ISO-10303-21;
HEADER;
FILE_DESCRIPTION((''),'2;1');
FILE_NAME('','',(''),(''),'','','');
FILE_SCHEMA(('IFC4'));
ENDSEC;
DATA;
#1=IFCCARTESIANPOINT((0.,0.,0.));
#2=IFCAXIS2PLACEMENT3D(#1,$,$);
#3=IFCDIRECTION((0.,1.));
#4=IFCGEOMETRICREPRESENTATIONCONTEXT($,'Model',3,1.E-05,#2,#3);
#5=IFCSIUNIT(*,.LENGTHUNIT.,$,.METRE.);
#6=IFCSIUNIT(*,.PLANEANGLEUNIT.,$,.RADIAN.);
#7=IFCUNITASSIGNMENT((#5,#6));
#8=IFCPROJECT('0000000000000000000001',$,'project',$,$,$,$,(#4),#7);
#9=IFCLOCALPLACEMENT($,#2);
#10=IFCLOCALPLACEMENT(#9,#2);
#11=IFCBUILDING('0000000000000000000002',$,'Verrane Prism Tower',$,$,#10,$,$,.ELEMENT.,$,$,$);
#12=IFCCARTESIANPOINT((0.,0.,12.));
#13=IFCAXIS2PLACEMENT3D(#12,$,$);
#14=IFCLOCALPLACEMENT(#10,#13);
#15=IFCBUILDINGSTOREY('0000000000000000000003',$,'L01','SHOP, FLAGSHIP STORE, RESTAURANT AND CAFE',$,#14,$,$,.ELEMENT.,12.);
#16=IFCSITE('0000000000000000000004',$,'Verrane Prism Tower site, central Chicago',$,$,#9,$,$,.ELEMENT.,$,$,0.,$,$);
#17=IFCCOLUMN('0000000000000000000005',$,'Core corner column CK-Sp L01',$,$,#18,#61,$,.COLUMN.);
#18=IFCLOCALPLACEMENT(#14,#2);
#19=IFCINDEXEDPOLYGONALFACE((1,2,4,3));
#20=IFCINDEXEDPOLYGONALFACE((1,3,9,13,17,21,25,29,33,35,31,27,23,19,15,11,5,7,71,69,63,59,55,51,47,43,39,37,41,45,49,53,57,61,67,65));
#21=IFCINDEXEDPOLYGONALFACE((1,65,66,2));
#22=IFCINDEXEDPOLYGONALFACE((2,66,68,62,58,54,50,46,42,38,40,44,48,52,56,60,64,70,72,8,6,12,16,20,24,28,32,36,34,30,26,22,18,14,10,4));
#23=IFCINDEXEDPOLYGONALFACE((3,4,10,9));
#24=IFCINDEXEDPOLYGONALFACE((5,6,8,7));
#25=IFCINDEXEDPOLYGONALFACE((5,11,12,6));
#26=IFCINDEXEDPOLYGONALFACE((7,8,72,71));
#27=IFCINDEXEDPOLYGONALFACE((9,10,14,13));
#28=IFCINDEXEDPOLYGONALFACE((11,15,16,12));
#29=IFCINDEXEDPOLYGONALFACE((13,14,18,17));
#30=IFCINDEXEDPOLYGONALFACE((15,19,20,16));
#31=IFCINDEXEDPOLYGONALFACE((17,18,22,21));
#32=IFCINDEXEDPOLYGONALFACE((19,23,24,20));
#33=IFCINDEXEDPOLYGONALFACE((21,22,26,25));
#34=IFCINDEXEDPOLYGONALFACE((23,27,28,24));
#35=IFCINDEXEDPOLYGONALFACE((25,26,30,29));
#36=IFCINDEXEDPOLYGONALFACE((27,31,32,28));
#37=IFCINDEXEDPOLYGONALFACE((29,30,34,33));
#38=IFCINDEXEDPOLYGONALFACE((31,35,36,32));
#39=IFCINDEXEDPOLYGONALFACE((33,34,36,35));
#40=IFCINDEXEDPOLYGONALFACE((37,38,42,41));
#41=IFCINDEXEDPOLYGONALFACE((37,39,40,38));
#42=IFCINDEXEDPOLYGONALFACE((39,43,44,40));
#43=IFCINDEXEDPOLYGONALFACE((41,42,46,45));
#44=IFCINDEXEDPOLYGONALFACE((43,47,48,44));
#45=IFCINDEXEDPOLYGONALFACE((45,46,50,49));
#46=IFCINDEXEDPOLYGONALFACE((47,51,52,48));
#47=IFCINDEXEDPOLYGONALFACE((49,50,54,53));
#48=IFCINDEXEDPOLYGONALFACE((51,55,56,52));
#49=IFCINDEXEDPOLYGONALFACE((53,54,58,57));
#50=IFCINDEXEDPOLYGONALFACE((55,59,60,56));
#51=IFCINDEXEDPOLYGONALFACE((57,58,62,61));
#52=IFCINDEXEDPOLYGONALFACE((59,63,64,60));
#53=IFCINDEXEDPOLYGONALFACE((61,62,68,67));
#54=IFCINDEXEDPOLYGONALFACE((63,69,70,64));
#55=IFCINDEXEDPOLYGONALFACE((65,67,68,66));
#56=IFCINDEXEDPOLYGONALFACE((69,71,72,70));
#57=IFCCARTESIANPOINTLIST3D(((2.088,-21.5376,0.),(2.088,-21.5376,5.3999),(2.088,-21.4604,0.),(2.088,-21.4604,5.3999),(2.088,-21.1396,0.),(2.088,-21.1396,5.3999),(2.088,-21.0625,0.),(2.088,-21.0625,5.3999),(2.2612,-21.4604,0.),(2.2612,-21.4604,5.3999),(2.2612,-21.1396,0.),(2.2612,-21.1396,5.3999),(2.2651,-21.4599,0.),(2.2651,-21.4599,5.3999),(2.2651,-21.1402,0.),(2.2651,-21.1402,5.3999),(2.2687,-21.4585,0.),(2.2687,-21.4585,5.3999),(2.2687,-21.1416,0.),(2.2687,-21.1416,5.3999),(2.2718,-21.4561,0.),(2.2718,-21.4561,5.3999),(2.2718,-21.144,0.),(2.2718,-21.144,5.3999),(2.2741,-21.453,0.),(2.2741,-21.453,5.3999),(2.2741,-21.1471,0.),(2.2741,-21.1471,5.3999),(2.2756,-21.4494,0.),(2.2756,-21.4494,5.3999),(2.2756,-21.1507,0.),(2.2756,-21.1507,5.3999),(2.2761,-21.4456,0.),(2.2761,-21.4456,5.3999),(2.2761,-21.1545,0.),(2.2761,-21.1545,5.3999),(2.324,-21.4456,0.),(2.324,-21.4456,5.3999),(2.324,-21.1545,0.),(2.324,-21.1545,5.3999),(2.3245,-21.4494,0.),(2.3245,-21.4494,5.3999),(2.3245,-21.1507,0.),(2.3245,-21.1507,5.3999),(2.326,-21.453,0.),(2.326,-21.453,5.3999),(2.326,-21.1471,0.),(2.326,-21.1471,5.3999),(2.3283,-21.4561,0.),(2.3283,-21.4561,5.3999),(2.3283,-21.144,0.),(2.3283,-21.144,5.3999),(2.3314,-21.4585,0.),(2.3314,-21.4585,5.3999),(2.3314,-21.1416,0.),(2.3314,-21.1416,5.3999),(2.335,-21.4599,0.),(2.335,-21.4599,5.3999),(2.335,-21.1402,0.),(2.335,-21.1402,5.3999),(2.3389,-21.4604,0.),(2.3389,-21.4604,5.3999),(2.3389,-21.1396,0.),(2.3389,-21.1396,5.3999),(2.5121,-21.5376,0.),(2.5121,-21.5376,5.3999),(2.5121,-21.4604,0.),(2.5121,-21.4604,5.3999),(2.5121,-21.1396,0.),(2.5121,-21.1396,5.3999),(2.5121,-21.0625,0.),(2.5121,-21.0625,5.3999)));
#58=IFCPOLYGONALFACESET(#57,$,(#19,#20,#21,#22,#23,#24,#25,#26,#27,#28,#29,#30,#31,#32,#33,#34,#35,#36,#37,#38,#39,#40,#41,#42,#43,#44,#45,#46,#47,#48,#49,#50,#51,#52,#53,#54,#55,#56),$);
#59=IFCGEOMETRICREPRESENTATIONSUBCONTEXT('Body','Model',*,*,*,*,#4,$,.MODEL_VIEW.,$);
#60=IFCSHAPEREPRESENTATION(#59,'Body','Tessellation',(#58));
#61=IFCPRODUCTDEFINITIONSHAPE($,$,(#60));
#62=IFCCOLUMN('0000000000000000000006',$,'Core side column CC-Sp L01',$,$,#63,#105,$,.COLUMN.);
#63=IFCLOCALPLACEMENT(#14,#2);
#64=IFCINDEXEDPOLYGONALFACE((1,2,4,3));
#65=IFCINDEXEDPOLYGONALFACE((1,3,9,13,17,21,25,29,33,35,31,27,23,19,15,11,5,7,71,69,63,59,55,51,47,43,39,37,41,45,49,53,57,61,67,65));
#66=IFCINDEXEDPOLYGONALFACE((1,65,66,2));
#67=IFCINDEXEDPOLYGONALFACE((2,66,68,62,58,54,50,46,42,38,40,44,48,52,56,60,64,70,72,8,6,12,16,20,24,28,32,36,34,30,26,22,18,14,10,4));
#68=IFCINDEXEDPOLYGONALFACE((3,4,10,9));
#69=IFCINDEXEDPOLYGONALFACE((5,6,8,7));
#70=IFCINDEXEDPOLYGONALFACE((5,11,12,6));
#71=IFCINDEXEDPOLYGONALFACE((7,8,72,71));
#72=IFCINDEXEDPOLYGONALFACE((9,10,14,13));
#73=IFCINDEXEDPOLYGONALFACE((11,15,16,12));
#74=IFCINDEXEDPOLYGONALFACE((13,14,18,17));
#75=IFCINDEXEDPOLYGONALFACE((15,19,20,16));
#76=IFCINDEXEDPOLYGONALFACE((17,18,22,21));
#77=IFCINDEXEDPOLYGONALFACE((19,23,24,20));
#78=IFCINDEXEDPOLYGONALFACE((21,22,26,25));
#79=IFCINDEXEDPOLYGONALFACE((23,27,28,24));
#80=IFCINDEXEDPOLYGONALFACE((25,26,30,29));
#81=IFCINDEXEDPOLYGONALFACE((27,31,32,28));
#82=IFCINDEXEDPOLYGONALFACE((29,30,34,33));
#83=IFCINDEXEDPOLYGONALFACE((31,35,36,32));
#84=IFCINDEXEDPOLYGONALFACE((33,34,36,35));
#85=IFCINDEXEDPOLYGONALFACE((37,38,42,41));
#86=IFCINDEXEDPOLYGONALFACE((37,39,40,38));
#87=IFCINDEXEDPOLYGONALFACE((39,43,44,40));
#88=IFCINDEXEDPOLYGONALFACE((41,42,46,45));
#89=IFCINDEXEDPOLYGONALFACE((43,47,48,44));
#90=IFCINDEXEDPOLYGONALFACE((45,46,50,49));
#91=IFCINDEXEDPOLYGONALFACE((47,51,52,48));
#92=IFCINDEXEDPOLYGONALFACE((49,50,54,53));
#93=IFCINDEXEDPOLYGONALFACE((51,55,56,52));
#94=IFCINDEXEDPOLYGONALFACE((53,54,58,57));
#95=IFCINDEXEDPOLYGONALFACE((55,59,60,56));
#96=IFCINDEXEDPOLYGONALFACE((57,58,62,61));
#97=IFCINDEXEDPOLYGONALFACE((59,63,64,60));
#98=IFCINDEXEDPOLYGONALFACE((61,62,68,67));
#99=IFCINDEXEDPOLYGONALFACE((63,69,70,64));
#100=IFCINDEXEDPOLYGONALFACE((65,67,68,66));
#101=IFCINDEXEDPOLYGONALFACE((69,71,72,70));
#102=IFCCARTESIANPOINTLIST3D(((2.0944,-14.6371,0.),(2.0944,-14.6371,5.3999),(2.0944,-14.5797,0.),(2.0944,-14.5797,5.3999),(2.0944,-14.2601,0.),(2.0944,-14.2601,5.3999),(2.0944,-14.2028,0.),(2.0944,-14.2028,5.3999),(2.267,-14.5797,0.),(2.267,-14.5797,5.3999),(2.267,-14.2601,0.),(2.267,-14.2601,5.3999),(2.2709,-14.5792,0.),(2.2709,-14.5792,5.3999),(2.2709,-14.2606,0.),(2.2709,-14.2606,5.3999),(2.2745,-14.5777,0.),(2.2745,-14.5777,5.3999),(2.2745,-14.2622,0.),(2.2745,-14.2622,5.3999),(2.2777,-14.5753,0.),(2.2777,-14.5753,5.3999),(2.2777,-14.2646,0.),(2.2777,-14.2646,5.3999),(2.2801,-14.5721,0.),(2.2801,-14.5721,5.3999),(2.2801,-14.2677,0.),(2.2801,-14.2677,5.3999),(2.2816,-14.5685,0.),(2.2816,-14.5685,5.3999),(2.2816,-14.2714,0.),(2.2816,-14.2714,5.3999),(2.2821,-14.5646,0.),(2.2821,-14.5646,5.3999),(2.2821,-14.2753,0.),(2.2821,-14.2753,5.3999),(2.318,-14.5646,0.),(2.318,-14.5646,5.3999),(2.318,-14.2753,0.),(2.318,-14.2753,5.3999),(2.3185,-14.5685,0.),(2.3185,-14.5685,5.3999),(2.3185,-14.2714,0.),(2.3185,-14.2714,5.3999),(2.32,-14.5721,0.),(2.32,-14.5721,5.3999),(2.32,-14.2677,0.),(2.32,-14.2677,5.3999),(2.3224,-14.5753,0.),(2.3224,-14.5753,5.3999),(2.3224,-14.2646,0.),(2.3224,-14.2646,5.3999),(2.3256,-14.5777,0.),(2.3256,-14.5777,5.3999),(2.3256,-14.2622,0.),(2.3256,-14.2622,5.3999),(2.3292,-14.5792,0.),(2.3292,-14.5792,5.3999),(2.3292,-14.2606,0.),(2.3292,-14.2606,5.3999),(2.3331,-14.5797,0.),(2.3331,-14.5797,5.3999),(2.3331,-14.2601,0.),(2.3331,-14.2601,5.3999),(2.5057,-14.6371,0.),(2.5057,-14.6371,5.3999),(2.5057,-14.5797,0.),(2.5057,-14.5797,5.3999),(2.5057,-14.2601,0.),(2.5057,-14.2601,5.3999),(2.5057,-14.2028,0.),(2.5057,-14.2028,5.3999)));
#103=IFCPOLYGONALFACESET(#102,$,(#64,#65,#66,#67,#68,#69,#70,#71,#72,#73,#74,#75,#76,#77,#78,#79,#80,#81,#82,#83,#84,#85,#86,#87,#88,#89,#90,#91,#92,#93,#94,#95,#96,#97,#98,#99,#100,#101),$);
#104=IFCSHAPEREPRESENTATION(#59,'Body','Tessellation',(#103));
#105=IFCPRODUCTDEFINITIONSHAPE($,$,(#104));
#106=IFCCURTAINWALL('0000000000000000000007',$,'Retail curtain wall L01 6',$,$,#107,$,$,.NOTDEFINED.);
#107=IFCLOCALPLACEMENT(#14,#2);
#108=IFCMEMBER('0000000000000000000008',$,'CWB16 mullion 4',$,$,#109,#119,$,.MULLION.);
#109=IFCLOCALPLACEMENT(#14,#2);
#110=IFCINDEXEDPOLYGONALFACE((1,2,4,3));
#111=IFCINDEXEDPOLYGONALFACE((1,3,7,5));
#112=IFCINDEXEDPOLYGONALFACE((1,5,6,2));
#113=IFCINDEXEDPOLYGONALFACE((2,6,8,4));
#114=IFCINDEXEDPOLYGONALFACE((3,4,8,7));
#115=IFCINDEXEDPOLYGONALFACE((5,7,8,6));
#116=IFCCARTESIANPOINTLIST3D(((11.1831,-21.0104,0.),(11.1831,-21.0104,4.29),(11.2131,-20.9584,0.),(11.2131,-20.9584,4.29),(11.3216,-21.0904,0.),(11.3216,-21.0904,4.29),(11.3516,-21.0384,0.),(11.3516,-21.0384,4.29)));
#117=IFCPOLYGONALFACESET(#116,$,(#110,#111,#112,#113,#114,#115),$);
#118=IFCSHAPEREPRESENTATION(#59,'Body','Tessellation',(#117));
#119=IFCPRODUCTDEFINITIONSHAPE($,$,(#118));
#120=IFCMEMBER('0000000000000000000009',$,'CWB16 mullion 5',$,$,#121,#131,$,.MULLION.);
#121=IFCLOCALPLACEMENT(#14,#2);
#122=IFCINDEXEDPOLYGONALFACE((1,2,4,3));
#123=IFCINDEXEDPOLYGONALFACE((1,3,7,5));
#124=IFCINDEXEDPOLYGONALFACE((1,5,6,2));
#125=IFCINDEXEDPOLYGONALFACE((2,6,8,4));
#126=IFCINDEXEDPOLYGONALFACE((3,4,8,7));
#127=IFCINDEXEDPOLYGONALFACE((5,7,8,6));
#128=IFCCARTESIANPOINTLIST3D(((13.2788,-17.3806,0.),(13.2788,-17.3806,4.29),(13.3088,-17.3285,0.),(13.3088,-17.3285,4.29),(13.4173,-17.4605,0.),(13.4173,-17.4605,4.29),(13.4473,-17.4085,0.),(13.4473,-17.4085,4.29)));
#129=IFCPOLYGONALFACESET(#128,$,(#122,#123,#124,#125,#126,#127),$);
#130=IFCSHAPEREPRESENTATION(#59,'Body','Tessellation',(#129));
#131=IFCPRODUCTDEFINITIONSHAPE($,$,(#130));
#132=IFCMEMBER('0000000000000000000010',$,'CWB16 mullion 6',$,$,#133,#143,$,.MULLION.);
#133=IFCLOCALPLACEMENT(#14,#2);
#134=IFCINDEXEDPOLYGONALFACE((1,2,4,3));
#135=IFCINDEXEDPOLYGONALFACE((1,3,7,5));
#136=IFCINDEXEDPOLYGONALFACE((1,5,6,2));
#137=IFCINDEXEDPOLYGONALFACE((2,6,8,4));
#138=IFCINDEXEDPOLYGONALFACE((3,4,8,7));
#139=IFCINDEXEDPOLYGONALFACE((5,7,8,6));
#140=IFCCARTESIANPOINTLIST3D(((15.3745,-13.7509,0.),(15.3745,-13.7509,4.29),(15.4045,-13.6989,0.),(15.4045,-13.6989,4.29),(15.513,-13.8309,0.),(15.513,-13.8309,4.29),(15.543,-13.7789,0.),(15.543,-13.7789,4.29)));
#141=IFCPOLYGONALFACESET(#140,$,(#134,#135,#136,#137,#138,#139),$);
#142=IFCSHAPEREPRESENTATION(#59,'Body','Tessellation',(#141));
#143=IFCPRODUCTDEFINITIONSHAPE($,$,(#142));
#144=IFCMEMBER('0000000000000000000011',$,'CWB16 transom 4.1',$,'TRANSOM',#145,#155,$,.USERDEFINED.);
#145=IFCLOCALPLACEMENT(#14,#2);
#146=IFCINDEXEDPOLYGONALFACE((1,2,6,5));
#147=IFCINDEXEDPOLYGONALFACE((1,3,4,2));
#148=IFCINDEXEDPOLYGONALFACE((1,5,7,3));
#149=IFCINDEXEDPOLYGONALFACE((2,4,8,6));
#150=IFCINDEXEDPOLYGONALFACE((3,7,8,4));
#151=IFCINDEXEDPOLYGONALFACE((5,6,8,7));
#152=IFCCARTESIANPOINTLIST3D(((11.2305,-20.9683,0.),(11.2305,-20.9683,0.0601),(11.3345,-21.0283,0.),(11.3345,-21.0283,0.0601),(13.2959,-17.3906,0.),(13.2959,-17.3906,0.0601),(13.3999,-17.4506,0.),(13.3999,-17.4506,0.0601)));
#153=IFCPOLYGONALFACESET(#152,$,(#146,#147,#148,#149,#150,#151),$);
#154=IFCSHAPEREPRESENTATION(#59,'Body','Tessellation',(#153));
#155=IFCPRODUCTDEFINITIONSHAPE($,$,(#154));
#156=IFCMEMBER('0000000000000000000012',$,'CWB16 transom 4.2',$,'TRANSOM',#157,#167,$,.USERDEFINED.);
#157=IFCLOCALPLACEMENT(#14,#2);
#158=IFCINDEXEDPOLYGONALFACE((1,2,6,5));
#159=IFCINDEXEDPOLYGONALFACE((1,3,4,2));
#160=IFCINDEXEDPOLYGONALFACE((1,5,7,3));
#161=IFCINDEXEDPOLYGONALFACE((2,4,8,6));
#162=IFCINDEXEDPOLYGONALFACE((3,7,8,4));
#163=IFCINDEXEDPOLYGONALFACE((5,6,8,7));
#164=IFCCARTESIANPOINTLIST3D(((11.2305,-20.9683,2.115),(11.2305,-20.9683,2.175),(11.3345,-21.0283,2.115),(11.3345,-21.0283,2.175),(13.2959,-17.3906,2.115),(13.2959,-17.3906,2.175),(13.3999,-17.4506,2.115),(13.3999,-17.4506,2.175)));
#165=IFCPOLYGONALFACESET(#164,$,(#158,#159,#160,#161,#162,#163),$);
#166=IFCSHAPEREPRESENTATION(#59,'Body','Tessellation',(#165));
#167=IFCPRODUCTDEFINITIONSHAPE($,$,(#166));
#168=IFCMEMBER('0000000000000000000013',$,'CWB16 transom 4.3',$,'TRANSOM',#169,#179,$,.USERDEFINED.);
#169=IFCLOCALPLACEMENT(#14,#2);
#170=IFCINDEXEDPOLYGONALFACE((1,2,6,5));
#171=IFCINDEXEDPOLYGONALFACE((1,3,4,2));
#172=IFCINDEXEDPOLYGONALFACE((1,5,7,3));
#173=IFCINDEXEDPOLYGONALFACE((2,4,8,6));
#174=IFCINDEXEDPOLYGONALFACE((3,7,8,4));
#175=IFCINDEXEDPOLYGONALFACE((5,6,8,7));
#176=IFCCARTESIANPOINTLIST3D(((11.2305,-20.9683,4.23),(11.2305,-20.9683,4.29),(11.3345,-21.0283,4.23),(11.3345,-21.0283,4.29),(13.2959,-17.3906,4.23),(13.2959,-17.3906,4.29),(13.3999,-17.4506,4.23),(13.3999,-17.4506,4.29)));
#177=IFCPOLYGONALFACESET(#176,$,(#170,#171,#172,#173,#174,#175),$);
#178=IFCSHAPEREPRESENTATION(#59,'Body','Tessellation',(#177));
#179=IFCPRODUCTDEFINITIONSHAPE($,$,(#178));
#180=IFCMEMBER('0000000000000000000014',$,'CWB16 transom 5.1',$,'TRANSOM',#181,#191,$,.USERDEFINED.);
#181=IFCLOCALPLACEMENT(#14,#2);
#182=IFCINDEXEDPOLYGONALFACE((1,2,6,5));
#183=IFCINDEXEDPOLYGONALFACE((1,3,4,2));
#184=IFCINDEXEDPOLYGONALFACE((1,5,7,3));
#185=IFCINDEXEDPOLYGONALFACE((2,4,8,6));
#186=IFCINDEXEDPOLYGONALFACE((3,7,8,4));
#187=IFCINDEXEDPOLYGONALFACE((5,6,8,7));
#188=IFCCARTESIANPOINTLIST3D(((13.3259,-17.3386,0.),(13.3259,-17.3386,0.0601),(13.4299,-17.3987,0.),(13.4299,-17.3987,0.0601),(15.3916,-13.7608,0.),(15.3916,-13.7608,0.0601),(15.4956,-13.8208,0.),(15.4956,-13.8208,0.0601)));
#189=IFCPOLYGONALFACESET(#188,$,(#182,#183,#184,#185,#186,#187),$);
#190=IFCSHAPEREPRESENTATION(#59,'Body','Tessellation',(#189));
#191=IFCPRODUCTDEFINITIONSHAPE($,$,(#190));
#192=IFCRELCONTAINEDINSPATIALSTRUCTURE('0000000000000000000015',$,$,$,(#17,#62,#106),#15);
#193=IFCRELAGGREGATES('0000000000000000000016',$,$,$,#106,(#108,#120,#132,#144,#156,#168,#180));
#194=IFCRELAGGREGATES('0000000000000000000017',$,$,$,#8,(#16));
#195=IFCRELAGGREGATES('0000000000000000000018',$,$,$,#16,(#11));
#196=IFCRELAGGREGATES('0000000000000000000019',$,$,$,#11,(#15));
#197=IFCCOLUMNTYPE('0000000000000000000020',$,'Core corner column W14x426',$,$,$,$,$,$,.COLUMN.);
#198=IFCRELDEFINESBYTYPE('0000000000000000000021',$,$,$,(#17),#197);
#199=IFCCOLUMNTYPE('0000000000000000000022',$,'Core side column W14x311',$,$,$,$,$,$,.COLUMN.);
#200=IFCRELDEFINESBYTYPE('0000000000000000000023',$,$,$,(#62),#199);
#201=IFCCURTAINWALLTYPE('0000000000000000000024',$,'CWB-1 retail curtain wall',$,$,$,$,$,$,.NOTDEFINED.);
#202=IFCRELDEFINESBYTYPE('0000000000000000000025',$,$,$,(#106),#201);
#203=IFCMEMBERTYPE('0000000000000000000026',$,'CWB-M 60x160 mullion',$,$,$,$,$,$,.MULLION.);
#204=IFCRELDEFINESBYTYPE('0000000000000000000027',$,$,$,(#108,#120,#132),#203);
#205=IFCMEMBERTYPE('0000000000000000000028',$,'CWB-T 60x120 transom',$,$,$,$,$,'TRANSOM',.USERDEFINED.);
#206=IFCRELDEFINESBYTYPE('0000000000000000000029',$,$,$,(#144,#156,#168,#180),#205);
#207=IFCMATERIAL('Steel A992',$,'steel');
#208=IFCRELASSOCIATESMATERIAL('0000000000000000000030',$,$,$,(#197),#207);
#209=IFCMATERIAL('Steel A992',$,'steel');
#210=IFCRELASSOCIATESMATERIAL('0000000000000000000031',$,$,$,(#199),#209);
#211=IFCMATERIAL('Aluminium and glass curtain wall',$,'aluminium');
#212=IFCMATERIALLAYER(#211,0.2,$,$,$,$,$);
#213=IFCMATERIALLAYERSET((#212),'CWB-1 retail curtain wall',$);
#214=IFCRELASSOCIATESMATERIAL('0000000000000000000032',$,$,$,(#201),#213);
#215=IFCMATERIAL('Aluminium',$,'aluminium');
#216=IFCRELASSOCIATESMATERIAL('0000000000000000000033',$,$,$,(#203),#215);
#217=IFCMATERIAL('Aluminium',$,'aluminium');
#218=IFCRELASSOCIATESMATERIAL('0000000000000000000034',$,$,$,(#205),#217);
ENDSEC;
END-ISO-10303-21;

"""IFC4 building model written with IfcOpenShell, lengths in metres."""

from ifc_helpers import new_model, si_unit, direction, frame, origin, origin_2d, place, context, subcontext, project, spatial, rectangle, i_section, extrude, material, layer, layer_set, material_profile, profile_set, type_object, element, aggregate, save


model = new_model("IFC4")

# Units and contexts
model_context = context("Model", 3, precision=1e-05, world=origin(), true_north=direction((0.0, 1.0)))
body_context = subcontext(model_context, "Body", "Model", "MODEL_VIEW")
ifc_project = project(units=[si_unit("LENGTHUNIT", "METRE"), si_unit("PLANEANGLEUNIT", "RADIAN")], contexts=[model_context])

# Site, building, storey
site_placement = place(None, origin())
site = spatial("IfcSite", under=ifc_project, at=site_placement, Name="Verrane Prism Tower site, central Chicago", CompositionType="ELEMENT", RefElevation=0.0)
building_placement = place(site_placement, origin())
building = spatial("IfcBuilding", under=site, at=building_placement, Name="Verrane Prism Tower", CompositionType="ELEMENT")
storey_placement = place(building_placement, frame((0.0, 0.0, 12.0)))
storey = spatial("IfcBuildingStorey", under=building, at=storey_placement, Name="L01", Description="SHOP, FLAGSHIP STORE, RESTAURANT AND CAFE", CompositionType="ELEMENT", Elevation=12.0)

# Columns
ifc_material_1 = material(Name="Steel A992", Category="steel")
ifc_material_profile_1 = material_profile(ifc_material_1, i_section(OverallWidth=0.4241, OverallDepth=0.4751, WebThickness=0.0479, FlangeThickness=0.0771, FilletRadius=0.0149, at=origin_2d()), Name="W14x426")
ifc_profile_set_1 = profile_set([ifc_material_profile_1], Name="Steel A992")
column_type_1 = type_object("IfcColumnType", Name="Core corner column W14x426", PredefinedType="COLUMN", material=ifc_profile_set_1)
column_1_placement = place(storey_placement, frame((2.3, -21.3, 0.0), z_axis=(0.0, 0.0, 1.0), x_axis=(-1.0, 0.0, 0.0)))
element("IfcColumn", 1, at=column_1_placement, inside=storey, type_object=column_type_1, Name="Core corner column CK-Sp L01", PredefinedType="COLUMN", context=body_context, shape_type="SweptSolid", body=[
    extrude(i_section(OverallWidth=0.4241, OverallDepth=0.4751, WebThickness=0.0479, FlangeThickness=0.0771, FilletRadius=0.0149, at=origin_2d()), origin(), (0.0, 0.0, 1.0), 5.3999),
])
ifc_material_2 = material(Name="Steel A992", Category="steel")
ifc_material_profile_2 = material_profile(ifc_material_2, i_section(OverallWidth=0.4114, OverallDepth=0.4343, WebThickness=0.0359, FlangeThickness=0.0574, FilletRadius=0.0151, at=origin_2d()), Name="W14x311")
ifc_profile_set_2 = profile_set([ifc_material_profile_2], Name="Steel A992")
column_type_2 = type_object("IfcColumnType", Name="Core side column W14x311", PredefinedType="COLUMN", material=ifc_profile_set_2)
column_2_placement = place(storey_placement, frame((2.3, -14.4199, 0.0), z_axis=(0.0, 0.0, 1.0), x_axis=(1.0, 0.0, 0.0)))
element("IfcColumn", 2, at=column_2_placement, inside=storey, type_object=column_type_2, Name="Core side column CC-Sp L01", PredefinedType="COLUMN", context=body_context, shape_type="SweptSolid", body=[
    extrude(i_section(OverallWidth=0.4114, OverallDepth=0.4343, WebThickness=0.0359, FlangeThickness=0.0574, FilletRadius=0.0151, at=origin_2d()), origin(), (0.0, 0.0, 1.0), 5.3999),
])

# Curtain wall, members
ifc_material_3 = material(Name="Aluminium and glass curtain wall", Category="aluminium")
ifc_layer_1 = layer(ifc_material_3, 0.2)
ifc_layer_set_1 = layer_set([ifc_layer_1], Name="CWB-1 retail curtain wall")
curtain_wall_type = type_object("IfcCurtainWallType", Name="CWB-1 retail curtain wall", PredefinedType="NOTDEFINED", material=ifc_layer_set_1)
curtain_wall_placement = place(storey_placement, origin())
curtain_wall = element("IfcCurtainWall", 3, at=curtain_wall_placement, inside=storey, type_object=curtain_wall_type, Name="Retail curtain wall L01 6", PredefinedType="NOTDEFINED")
ifc_material_4 = material(Name="Aluminium", Category="aluminium")
ifc_material_profile_3 = material_profile(ifc_material_4, rectangle(XDim=0.1599, YDim=0.0601, at=origin_2d()), Name="CWB-M 60x160 mullion")
ifc_profile_set_3 = profile_set([ifc_material_profile_3], Name="Aluminium")
member_type_1 = type_object("IfcMemberType", Name="CWB-M 60x160 mullion", PredefinedType="MULLION", material=ifc_profile_set_3)
member_1_placement = place(storey_placement, frame((11.2673, -21.0244, 0.0), z_axis=(0.0, 0.0, 1.0), x_axis=(-0.866025, 0.5, 0.0)))
member_1 = element("IfcMember", 4, at=member_1_placement, type_object=member_type_1, Name="CWB16 mullion 4", PredefinedType="MULLION", context=body_context, shape_type="SweptSolid", body=[
    extrude(rectangle(XDim=0.1599, YDim=0.0601, at=origin_2d()), origin(), (0.0, 0.0, 1.0), 4.29),
])
member_2_placement = place(storey_placement, frame((13.363, -17.3945, 0.0), z_axis=(0.0, 0.0, 1.0), x_axis=(-0.866025, 0.5, 0.0)))
member_2 = element("IfcMember", 5, at=member_2_placement, type_object=member_type_1, Name="CWB16 mullion 5", PredefinedType="MULLION", context=body_context, shape_type="SweptSolid", body=[
    extrude(rectangle(XDim=0.1599, YDim=0.0601, at=origin_2d()), origin(), (0.0, 0.0, 1.0), 4.29),
])
member_3_placement = place(storey_placement, frame((15.4587, -13.7649, 0.0), z_axis=(0.0, 0.0, 1.0), x_axis=(-0.866025, 0.5, 0.0)))
member_3 = element("IfcMember", 6, at=member_3_placement, type_object=member_type_1, Name="CWB16 mullion 6", PredefinedType="MULLION", context=body_context, shape_type="SweptSolid", body=[
    extrude(rectangle(XDim=0.1599, YDim=0.0601, at=origin_2d()), origin(), (0.0, 0.0, 1.0), 4.29),
])
ifc_material_5 = material(Name="Aluminium", Category="aluminium")
ifc_material_profile_4 = material_profile(ifc_material_5, rectangle(XDim=0.1201, YDim=0.0601, at=origin_2d()), Name="CWB-T 60x120 transom")
ifc_profile_set_4 = profile_set([ifc_material_profile_4], Name="Aluminium")
member_type_2 = type_object("IfcMemberType", Name="CWB-T 60x120 transom", ElementType="TRANSOM", PredefinedType="USERDEFINED", material=ifc_profile_set_4)
member_4_placement = place(storey_placement, frame((11.2825, -20.9983, 0.03), z_axis=(0.499978, 0.866038, 0.0), x_axis=(-0.866038, 0.499978, 0.0)))
member_4 = element("IfcMember", 7, at=member_4_placement, type_object=member_type_2, Name="CWB16 transom 4.1", ObjectType="TRANSOM", PredefinedType="USERDEFINED", context=body_context, shape_type="SweptSolid", body=[
    extrude(rectangle(XDim=0.1201, YDim=0.0601, at=origin_2d()), origin(), (0.0, 0.0, 1.0), 4.1311),
])
member_5_placement = place(storey_placement, frame((11.2825, -20.9983, 2.145), z_axis=(0.499978, 0.866038, 0.0), x_axis=(-0.866038, 0.499978, 0.0)))
member_5 = element("IfcMember", 8, at=member_5_placement, type_object=member_type_2, Name="CWB16 transom 4.2", ObjectType="TRANSOM", PredefinedType="USERDEFINED", context=body_context, shape_type="SweptSolid", body=[
    extrude(rectangle(XDim=0.1201, YDim=0.0601, at=origin_2d()), origin(), (0.0, 0.0, 1.0), 4.1311),
])
member_6_placement = place(storey_placement, frame((11.2825, -20.9983, 4.26), z_axis=(0.499978, 0.866038, 0.0), x_axis=(-0.866038, 0.499978, 0.0)))
member_6 = element("IfcMember", 9, at=member_6_placement, type_object=member_type_2, Name="CWB16 transom 4.3", ObjectType="TRANSOM", PredefinedType="USERDEFINED", context=body_context, shape_type="SweptSolid", body=[
    extrude(rectangle(XDim=0.1201, YDim=0.0601, at=origin_2d()), origin(), (0.0, 0.0, 1.0), 4.1311),
])
member_7_placement = place(storey_placement, frame((13.3779, -17.3687, 0.03), z_axis=(0.499997, 0.866027, 0.0), x_axis=(-0.866027, 0.499997, 0.0)))
member_7 = element("IfcMember", 10, at=member_7_placement, type_object=member_type_2, Name="CWB16 transom 5.1", ObjectType="TRANSOM", PredefinedType="USERDEFINED", context=body_context, shape_type="SweptSolid", body=[
    extrude(rectangle(XDim=0.1201, YDim=0.0601, at=origin_2d()), origin(), (0.0, 0.0, 1.0), 4.1313),
])

aggregate(curtain_wall, [member_1, member_2, member_3, member_4, member_5, member_6, member_7])

save(model, "model.ifc")
